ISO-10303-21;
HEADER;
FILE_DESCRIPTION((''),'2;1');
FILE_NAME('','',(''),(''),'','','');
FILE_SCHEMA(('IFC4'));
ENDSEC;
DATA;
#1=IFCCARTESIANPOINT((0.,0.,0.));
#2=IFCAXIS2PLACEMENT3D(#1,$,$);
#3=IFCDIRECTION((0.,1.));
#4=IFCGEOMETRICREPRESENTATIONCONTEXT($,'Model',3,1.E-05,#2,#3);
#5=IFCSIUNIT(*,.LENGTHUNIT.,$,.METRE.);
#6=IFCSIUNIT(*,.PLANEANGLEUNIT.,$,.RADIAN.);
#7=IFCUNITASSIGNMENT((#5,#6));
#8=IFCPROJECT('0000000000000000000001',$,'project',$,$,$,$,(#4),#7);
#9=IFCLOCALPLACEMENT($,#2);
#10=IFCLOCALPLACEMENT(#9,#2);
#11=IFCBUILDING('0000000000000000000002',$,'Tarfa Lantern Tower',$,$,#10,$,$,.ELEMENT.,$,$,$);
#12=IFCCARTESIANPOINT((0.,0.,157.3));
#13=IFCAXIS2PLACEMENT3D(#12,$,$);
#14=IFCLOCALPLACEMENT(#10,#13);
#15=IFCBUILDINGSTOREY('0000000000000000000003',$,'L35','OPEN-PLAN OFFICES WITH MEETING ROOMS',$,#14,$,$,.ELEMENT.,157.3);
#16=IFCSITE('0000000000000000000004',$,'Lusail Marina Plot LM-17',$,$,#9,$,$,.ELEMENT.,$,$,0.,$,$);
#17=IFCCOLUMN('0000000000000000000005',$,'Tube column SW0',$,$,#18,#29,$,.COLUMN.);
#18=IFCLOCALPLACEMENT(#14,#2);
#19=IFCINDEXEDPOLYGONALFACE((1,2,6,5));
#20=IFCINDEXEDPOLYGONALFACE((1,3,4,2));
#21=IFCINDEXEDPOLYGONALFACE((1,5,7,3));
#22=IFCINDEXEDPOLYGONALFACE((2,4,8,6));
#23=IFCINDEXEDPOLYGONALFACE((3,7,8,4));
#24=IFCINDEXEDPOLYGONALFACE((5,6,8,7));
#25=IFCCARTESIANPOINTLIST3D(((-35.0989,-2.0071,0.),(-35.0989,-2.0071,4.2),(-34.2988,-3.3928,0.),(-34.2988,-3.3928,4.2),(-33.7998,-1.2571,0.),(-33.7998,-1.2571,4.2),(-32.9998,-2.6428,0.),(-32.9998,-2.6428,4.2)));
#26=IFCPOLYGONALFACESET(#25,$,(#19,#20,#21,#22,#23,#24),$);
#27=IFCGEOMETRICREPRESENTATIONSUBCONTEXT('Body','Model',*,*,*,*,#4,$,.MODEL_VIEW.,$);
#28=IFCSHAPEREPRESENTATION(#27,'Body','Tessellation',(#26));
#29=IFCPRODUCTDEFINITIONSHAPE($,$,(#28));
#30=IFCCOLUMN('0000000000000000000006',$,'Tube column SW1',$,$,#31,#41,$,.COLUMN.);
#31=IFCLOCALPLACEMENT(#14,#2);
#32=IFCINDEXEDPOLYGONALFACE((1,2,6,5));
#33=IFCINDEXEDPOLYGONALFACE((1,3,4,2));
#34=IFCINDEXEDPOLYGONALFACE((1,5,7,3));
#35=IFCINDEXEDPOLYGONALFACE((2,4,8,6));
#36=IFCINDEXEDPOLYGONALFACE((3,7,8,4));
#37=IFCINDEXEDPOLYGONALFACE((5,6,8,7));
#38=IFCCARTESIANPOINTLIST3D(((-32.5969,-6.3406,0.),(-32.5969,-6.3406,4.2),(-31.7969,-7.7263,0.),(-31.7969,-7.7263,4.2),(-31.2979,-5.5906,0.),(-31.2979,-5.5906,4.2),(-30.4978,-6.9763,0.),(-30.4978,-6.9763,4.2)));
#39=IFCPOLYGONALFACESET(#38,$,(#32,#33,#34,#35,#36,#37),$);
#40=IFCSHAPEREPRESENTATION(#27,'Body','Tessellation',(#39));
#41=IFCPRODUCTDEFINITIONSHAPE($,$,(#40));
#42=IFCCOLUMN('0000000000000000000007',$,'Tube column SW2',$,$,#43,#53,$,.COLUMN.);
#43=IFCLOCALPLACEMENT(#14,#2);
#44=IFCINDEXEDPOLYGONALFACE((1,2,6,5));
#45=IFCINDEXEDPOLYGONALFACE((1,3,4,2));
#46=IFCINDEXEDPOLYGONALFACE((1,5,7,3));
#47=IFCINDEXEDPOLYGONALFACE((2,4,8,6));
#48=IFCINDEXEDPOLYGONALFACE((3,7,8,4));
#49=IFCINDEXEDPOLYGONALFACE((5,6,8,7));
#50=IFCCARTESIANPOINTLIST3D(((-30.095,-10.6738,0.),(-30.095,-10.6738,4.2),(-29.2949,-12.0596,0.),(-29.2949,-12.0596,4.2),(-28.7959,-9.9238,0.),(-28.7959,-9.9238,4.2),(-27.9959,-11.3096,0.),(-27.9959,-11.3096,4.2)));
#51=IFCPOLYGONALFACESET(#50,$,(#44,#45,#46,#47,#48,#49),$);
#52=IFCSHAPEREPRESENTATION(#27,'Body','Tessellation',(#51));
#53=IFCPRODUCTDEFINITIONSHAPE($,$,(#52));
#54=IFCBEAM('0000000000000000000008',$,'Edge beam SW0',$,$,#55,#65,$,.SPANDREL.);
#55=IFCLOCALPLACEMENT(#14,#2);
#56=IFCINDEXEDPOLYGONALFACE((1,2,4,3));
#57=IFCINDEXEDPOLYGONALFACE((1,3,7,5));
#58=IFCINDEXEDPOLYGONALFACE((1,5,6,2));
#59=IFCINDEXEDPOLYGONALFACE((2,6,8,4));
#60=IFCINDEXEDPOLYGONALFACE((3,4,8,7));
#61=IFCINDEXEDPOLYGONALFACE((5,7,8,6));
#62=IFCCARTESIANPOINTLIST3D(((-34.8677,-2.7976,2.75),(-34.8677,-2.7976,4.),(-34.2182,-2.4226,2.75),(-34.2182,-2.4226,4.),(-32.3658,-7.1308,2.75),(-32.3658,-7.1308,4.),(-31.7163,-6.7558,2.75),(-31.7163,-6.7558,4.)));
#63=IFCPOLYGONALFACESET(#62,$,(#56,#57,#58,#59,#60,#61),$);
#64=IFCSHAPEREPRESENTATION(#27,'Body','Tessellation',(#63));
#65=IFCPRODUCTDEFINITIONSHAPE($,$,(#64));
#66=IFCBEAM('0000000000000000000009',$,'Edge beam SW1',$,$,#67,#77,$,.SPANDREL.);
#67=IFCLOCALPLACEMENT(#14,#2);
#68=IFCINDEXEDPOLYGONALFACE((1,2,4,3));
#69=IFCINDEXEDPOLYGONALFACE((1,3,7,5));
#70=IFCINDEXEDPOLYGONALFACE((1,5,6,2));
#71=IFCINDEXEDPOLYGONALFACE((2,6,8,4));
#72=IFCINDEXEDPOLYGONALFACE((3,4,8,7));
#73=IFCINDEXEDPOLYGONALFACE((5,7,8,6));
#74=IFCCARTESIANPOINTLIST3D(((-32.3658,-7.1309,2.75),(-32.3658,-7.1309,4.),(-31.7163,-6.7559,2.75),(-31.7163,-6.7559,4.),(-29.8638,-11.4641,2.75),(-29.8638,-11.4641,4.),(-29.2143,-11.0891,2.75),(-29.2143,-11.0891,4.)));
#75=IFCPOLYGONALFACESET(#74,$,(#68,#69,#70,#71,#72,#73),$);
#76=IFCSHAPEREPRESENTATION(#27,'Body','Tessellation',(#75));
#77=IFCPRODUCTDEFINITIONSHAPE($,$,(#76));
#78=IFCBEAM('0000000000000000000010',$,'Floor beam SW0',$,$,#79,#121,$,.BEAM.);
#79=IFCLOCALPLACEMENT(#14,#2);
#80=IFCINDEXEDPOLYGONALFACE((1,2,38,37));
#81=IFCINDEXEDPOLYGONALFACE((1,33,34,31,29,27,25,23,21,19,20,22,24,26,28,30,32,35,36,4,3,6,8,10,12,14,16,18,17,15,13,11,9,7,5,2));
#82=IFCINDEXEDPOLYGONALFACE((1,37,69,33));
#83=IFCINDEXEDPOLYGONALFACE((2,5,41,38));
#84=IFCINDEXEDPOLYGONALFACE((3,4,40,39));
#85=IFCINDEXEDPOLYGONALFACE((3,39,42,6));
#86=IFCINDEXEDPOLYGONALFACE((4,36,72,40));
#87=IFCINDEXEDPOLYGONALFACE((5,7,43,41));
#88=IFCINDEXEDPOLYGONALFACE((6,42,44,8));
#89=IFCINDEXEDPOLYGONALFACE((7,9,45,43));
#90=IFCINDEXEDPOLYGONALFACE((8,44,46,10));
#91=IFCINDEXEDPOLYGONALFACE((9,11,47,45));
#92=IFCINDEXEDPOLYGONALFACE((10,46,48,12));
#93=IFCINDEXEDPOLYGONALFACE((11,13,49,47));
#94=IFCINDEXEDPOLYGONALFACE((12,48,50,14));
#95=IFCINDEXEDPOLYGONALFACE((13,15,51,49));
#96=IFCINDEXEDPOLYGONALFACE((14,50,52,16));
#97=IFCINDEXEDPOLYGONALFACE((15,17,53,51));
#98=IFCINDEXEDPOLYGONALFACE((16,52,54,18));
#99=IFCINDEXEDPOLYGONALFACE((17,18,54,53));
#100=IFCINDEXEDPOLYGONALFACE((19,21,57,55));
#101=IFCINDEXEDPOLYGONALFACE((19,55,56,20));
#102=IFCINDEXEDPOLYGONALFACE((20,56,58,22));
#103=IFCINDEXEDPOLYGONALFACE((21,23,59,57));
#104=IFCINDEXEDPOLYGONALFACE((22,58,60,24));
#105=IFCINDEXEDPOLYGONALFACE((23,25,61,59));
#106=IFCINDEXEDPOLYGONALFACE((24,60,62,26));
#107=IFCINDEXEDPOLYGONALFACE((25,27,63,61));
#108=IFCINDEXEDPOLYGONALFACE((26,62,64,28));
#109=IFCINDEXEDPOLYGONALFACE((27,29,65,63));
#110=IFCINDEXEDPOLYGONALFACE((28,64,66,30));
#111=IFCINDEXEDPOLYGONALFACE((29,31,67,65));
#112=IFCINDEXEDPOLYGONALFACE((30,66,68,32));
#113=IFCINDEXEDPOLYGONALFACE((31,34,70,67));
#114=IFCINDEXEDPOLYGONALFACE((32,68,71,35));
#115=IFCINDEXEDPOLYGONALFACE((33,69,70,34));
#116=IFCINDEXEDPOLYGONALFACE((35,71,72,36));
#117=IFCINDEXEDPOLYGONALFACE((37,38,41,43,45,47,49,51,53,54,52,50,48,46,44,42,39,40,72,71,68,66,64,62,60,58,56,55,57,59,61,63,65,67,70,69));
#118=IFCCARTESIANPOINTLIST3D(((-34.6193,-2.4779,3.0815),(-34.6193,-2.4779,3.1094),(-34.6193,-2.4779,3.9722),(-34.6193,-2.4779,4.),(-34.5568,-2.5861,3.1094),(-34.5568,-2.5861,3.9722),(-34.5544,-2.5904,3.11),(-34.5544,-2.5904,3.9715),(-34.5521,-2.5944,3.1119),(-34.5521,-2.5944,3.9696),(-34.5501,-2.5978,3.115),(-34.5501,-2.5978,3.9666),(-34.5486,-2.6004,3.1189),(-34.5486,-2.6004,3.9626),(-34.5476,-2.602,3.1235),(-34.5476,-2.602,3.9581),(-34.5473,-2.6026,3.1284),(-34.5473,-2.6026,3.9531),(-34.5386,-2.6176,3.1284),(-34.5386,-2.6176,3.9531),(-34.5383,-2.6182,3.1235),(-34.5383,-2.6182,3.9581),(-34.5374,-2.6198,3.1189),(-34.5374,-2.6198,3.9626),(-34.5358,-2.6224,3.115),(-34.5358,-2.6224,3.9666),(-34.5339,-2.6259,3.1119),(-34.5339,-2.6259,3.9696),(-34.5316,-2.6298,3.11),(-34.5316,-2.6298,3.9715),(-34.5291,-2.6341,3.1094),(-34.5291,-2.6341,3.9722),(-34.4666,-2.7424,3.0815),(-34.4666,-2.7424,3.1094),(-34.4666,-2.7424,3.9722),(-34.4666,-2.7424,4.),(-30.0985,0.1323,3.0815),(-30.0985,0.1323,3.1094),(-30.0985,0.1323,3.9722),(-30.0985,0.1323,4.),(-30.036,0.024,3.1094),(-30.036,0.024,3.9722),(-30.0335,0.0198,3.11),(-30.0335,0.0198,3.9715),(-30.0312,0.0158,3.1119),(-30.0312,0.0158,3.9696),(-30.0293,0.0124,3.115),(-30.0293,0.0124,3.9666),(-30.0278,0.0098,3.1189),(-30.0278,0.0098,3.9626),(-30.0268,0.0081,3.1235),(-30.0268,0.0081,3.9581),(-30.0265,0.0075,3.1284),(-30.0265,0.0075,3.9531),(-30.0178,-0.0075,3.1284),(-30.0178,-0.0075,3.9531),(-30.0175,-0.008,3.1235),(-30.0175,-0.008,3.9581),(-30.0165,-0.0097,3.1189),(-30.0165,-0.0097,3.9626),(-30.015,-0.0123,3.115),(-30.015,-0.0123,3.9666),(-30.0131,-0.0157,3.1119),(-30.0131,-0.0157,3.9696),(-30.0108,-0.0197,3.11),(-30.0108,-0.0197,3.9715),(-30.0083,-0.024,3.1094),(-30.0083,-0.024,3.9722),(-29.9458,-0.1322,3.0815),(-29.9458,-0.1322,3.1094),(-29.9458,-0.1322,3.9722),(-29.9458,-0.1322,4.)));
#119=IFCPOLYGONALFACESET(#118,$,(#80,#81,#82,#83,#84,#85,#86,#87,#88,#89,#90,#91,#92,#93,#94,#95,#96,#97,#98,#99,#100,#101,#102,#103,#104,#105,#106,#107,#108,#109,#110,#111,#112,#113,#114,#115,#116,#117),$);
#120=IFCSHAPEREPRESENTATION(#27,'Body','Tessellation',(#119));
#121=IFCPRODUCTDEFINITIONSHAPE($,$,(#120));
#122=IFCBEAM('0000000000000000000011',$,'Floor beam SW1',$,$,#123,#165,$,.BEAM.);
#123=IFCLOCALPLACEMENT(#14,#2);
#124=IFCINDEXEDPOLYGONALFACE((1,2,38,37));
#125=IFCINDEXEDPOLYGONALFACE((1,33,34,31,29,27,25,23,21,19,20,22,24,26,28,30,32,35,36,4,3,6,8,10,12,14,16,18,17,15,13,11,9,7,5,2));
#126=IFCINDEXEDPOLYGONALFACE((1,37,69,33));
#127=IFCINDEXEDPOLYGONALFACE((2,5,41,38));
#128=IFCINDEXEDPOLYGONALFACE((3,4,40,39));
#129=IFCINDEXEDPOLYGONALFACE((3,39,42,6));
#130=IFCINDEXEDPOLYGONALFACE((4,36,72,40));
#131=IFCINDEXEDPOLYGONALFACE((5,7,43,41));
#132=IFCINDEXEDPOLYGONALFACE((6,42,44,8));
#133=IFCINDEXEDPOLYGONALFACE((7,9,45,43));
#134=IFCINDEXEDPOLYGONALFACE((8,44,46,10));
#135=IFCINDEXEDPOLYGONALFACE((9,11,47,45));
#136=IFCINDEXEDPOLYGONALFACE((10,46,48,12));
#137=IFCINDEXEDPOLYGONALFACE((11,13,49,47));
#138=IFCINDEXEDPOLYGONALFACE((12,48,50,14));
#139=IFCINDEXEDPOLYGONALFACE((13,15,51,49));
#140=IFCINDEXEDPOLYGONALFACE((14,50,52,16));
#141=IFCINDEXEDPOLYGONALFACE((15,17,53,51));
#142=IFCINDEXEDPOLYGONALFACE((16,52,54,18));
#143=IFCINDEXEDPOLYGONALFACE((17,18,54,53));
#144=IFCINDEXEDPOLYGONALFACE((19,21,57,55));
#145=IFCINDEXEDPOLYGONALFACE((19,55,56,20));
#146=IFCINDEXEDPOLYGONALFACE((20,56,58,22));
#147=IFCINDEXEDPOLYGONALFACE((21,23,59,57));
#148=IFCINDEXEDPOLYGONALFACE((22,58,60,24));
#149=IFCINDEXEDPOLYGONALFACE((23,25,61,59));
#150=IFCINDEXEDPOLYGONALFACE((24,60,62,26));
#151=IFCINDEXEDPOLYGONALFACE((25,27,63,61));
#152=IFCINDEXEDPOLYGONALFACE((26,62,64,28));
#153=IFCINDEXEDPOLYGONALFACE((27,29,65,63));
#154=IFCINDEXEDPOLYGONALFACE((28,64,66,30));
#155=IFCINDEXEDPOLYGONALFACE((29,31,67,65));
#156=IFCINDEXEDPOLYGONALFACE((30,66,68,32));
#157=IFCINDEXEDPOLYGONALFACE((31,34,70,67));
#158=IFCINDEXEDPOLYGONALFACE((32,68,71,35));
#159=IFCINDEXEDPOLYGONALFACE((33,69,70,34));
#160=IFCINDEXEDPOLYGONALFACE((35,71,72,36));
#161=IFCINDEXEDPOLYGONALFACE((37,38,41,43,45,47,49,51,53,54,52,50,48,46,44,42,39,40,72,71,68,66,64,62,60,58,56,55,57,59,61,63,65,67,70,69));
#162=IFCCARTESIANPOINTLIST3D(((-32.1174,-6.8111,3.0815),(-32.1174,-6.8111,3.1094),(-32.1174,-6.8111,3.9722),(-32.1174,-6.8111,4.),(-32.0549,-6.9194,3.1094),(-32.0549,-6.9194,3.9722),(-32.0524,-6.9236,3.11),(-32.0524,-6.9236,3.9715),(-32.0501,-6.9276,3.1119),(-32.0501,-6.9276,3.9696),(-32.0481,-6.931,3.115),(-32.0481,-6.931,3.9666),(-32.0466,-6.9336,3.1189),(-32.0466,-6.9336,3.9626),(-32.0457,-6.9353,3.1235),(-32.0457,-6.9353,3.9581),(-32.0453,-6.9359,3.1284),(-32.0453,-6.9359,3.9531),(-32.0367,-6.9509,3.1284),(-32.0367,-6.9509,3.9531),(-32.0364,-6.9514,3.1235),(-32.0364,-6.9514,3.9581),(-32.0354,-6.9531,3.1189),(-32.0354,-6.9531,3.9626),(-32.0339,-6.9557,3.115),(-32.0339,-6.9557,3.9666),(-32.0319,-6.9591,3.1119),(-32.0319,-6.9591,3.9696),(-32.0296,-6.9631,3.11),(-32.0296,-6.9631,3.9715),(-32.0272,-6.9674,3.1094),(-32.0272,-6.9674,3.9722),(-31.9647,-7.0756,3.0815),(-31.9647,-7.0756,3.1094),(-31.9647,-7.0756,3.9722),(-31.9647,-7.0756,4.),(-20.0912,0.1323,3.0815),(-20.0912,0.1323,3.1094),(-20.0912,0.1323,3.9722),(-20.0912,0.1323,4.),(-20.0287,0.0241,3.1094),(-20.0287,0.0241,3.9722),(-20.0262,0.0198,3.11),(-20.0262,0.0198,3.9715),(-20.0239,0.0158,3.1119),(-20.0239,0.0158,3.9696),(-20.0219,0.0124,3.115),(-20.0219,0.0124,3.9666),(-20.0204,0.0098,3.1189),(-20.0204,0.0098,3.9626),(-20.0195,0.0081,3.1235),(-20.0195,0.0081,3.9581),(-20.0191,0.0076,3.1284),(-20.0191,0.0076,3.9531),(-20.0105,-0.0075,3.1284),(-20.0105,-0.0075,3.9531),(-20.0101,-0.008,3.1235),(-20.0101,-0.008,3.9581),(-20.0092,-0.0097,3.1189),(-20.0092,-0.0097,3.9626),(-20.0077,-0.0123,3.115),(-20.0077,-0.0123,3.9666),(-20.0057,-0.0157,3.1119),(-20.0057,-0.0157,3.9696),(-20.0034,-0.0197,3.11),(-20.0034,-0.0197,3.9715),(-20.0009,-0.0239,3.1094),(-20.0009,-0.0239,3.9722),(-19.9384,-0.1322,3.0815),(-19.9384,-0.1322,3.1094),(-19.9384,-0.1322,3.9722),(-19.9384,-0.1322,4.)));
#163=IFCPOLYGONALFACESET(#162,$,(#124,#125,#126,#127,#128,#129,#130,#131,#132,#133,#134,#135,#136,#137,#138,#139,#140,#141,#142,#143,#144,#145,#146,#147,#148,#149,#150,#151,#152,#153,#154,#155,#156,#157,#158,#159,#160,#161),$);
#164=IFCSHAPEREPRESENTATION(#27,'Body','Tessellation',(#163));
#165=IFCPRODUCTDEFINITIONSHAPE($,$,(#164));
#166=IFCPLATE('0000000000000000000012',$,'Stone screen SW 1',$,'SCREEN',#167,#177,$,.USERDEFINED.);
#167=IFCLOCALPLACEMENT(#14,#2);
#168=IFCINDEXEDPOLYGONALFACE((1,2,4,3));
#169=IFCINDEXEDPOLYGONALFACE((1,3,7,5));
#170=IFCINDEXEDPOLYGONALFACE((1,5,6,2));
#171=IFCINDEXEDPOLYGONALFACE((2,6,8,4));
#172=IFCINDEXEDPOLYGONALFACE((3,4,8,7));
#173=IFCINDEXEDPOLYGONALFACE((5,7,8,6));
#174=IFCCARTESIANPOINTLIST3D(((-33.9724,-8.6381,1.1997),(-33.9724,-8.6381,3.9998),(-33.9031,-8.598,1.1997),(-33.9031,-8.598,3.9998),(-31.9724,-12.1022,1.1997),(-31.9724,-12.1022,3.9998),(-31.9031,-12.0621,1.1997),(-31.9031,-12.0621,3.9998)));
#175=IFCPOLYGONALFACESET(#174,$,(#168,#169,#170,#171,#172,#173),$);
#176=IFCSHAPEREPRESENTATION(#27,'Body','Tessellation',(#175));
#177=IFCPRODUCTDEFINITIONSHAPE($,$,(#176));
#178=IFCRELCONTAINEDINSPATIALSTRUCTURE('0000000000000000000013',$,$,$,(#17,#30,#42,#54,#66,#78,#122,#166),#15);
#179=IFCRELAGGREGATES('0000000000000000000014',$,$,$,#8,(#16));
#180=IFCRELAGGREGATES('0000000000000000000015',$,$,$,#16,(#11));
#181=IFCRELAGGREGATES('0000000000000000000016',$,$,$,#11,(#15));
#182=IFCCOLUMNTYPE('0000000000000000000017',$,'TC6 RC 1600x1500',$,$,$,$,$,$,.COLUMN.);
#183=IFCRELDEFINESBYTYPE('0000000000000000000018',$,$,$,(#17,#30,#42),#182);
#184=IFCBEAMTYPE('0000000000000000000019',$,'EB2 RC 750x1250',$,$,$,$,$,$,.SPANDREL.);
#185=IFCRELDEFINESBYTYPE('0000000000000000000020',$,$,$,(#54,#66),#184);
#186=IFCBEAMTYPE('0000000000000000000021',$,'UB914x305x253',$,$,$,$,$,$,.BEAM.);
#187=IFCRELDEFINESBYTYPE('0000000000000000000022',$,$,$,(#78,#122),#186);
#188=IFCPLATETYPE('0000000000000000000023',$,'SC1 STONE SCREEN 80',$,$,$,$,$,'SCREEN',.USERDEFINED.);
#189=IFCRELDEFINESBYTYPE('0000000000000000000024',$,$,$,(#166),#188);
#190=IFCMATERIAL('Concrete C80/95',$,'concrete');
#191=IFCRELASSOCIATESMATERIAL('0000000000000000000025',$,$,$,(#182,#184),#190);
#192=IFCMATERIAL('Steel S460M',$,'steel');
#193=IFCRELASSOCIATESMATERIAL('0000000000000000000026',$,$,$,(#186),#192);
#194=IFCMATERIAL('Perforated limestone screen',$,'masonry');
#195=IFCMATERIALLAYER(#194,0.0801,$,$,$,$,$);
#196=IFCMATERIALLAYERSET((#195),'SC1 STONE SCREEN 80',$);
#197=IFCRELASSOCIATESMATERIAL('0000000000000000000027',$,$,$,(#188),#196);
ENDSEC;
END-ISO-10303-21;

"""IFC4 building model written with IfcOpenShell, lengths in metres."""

from ifc_helpers import new_model, si_unit, direction, frame, origin, origin_2d, place, context, subcontext, project, spatial, rectangle, i_section, extrude, material, layer, layer_set, material_profile, profile_set, type_object, element, save


model = new_model("IFC4")

# Units and contexts
model_context = context("Model", 3, precision=1e-05, world=origin(), true_north=direction((0.0, 1.0)))
body_context = subcontext(model_context, "Body", "Model", "MODEL_VIEW")
ifc_project = project(units=[si_unit("LENGTHUNIT", "METRE"), si_unit("PLANEANGLEUNIT", "RADIAN")], contexts=[model_context])

# Site, building, storey
site_placement = place(None, origin())
site = spatial("IfcSite", under=ifc_project, at=site_placement, Name="Lusail Marina Plot LM-17", CompositionType="ELEMENT", RefElevation=0.0)
building_placement = place(site_placement, origin())
building = spatial("IfcBuilding", under=site, at=building_placement, Name="Tarfa Lantern Tower", CompositionType="ELEMENT")
storey_placement = place(building_placement, frame((0.0, 0.0, 157.3)))
storey = spatial("IfcBuildingStorey", under=building, at=storey_placement, Name="L35", Description="OPEN-PLAN OFFICES WITH MEETING ROOMS", CompositionType="ELEMENT", Elevation=157.3)

# Columns
ifc_material_1 = material(Name="Concrete C80/95", Category="concrete")
ifc_material_profile_1 = material_profile(ifc_material_1, rectangle(XDim=1.6001, YDim=1.5, at=origin_2d()), Name="RC 1600x1500")
ifc_profile_set_1 = profile_set([ifc_material_profile_1], Name="Concrete C80/95")
column_type = type_object("IfcColumnType", Name="TC6 RC 1600x1500", PredefinedType="COLUMN", material=ifc_profile_set_1)
for number, where, z_axis, x_axis, name in (
    (1, (-34.0493, -2.325, 0.0), (0.0, 0.0, 1.0), (0.5, -0.866025, 0.0), "Tube column SW0"),
    (2, (-31.5474, -6.6584, 0.0), (0.0, 0.0, 1.0), (0.5, -0.866025, 0.0), "Tube column SW1"),
    (3, (-29.0454, -10.9917, 0.0), (0.0, 0.0, 1.0), (0.5, -0.866025, 0.0), "Tube column SW2"),
):
    element("IfcColumn", number, at=place(storey_placement, frame(where, z_axis=z_axis, x_axis=x_axis)), inside=storey, type_object=column_type, Name=name, PredefinedType="COLUMN", context=body_context, shape_type="SweptSolid", body=[
        extrude(rectangle(XDim=1.6001, YDim=1.5, at=origin_2d()), origin(), (0.0, 0.0, 1.0), 4.2),
    ])

# Beams
ifc_material_profile_2 = material_profile(ifc_material_1, rectangle(XDim=0.75, YDim=1.25, at=origin_2d()), Name="RC 750x1250")
ifc_profile_set_2 = profile_set([ifc_material_profile_2], Name="Concrete C80/95")
beam_type_1 = type_object("IfcBeamType", Name="EB2 RC 750x1250", PredefinedType="SPANDREL", material=ifc_profile_set_2)
for number, where, z_axis, x_axis, name in (
    (4, (-34.543, -2.6101, 3.375), (0.500022, -0.866013, 0.0), (0.866013, 0.500022, 0.0), "Edge beam SW0"),
    (5, (-32.041, -6.9434, 3.375), (0.500022, -0.866013, 0.0), (0.866013, 0.500022, 0.0), "Edge beam SW1"),
):
    element("IfcBeam", number, at=place(storey_placement, frame(where, z_axis=z_axis, x_axis=x_axis)), inside=storey, type_object=beam_type_1, Name=name, PredefinedType="SPANDREL", context=body_context, shape_type="SweptSolid", body=[
        extrude(rectangle(XDim=0.75, YDim=1.25, at=origin_2d()), origin(), (0.0, 0.0, 1.0), 5.0037),
    ])
ifc_material_2 = material(Name="Steel S460M", Category="steel")
ifc_material_profile_3 = material_profile(ifc_material_2, i_section(OverallWidth=0.3054, OverallDepth=0.9185, WebThickness=0.0173, FlangeThickness=0.0278, FilletRadius=0.019, at=origin_2d()), Name="UB914x305x253")
ifc_profile_set_3 = profile_set([ifc_material_profile_3], Name="Steel S460M")
beam_type_2 = type_object("IfcBeamType", Name="UB914x305x253", PredefinedType="BEAM", material=ifc_profile_set_3)
beam_1_placement = place(storey_placement, frame((-34.543, -2.6101, 3.5408), z_axis=(0.866021, 0.500007, 0.0), x_axis=(-0.500007, 0.866021, 0.0)))
element("IfcBeam", 6, at=beam_1_placement, inside=storey, type_object=beam_type_2, Name="Floor beam SW0", PredefinedType="BEAM", context=body_context, shape_type="SweptSolid", body=[
    extrude(i_section(OverallWidth=0.3054, OverallDepth=0.9185, WebThickness=0.0173, FlangeThickness=0.0278, FilletRadius=0.019, at=origin_2d()), origin(), (0.0, 0.0, 1.0), 5.2202),
])
beam_2_placement = place(storey_placement, frame((-32.041, -6.9434, 3.5408), z_axis=(0.866023, 0.500004, 0.0), x_axis=(-0.500004, 0.866023, 0.0)))
element("IfcBeam", 7, at=beam_2_placement, inside=storey, type_object=beam_type_2, Name="Floor beam SW1", PredefinedType="BEAM", context=body_context, shape_type="SweptSolid", body=[
    extrude(i_section(OverallWidth=0.3054, OverallDepth=0.9185, WebThickness=0.0173, FlangeThickness=0.0278, FilletRadius=0.019, at=origin_2d()), origin(), (0.0, 0.0, 1.0), 13.8867),
])

# Plate
ifc_material_3 = material(Name="Perforated limestone screen", Category="masonry")
ifc_layer_1 = layer(ifc_material_3, 0.0801)
ifc_layer_set_1 = layer_set([ifc_layer_1], Name="SC1 STONE SCREEN 80")
plate_type = type_object("IfcPlateType", Name="SC1 STONE SCREEN 80", ElementType="SCREEN", PredefinedType="USERDEFINED", material=ifc_layer_set_1)
plate_placement = place(storey_placement, frame((-32.9377, -10.3501, 1.1997), z_axis=(0.0, 0.0, 1.0), x_axis=(0.5, -0.866025, 0.0)))
element("IfcPlate", 8, at=plate_placement, inside=storey, type_object=plate_type, Name="Stone screen SW 1", ObjectType="SCREEN", PredefinedType="USERDEFINED", context=body_context, shape_type="SweptSolid", body=[
    extrude(rectangle(XDim=4.0, YDim=0.0801, at=origin_2d()), origin(), (0.0, 0.0, 1.0), 2.8),
])

save(model, "model.ifc")
